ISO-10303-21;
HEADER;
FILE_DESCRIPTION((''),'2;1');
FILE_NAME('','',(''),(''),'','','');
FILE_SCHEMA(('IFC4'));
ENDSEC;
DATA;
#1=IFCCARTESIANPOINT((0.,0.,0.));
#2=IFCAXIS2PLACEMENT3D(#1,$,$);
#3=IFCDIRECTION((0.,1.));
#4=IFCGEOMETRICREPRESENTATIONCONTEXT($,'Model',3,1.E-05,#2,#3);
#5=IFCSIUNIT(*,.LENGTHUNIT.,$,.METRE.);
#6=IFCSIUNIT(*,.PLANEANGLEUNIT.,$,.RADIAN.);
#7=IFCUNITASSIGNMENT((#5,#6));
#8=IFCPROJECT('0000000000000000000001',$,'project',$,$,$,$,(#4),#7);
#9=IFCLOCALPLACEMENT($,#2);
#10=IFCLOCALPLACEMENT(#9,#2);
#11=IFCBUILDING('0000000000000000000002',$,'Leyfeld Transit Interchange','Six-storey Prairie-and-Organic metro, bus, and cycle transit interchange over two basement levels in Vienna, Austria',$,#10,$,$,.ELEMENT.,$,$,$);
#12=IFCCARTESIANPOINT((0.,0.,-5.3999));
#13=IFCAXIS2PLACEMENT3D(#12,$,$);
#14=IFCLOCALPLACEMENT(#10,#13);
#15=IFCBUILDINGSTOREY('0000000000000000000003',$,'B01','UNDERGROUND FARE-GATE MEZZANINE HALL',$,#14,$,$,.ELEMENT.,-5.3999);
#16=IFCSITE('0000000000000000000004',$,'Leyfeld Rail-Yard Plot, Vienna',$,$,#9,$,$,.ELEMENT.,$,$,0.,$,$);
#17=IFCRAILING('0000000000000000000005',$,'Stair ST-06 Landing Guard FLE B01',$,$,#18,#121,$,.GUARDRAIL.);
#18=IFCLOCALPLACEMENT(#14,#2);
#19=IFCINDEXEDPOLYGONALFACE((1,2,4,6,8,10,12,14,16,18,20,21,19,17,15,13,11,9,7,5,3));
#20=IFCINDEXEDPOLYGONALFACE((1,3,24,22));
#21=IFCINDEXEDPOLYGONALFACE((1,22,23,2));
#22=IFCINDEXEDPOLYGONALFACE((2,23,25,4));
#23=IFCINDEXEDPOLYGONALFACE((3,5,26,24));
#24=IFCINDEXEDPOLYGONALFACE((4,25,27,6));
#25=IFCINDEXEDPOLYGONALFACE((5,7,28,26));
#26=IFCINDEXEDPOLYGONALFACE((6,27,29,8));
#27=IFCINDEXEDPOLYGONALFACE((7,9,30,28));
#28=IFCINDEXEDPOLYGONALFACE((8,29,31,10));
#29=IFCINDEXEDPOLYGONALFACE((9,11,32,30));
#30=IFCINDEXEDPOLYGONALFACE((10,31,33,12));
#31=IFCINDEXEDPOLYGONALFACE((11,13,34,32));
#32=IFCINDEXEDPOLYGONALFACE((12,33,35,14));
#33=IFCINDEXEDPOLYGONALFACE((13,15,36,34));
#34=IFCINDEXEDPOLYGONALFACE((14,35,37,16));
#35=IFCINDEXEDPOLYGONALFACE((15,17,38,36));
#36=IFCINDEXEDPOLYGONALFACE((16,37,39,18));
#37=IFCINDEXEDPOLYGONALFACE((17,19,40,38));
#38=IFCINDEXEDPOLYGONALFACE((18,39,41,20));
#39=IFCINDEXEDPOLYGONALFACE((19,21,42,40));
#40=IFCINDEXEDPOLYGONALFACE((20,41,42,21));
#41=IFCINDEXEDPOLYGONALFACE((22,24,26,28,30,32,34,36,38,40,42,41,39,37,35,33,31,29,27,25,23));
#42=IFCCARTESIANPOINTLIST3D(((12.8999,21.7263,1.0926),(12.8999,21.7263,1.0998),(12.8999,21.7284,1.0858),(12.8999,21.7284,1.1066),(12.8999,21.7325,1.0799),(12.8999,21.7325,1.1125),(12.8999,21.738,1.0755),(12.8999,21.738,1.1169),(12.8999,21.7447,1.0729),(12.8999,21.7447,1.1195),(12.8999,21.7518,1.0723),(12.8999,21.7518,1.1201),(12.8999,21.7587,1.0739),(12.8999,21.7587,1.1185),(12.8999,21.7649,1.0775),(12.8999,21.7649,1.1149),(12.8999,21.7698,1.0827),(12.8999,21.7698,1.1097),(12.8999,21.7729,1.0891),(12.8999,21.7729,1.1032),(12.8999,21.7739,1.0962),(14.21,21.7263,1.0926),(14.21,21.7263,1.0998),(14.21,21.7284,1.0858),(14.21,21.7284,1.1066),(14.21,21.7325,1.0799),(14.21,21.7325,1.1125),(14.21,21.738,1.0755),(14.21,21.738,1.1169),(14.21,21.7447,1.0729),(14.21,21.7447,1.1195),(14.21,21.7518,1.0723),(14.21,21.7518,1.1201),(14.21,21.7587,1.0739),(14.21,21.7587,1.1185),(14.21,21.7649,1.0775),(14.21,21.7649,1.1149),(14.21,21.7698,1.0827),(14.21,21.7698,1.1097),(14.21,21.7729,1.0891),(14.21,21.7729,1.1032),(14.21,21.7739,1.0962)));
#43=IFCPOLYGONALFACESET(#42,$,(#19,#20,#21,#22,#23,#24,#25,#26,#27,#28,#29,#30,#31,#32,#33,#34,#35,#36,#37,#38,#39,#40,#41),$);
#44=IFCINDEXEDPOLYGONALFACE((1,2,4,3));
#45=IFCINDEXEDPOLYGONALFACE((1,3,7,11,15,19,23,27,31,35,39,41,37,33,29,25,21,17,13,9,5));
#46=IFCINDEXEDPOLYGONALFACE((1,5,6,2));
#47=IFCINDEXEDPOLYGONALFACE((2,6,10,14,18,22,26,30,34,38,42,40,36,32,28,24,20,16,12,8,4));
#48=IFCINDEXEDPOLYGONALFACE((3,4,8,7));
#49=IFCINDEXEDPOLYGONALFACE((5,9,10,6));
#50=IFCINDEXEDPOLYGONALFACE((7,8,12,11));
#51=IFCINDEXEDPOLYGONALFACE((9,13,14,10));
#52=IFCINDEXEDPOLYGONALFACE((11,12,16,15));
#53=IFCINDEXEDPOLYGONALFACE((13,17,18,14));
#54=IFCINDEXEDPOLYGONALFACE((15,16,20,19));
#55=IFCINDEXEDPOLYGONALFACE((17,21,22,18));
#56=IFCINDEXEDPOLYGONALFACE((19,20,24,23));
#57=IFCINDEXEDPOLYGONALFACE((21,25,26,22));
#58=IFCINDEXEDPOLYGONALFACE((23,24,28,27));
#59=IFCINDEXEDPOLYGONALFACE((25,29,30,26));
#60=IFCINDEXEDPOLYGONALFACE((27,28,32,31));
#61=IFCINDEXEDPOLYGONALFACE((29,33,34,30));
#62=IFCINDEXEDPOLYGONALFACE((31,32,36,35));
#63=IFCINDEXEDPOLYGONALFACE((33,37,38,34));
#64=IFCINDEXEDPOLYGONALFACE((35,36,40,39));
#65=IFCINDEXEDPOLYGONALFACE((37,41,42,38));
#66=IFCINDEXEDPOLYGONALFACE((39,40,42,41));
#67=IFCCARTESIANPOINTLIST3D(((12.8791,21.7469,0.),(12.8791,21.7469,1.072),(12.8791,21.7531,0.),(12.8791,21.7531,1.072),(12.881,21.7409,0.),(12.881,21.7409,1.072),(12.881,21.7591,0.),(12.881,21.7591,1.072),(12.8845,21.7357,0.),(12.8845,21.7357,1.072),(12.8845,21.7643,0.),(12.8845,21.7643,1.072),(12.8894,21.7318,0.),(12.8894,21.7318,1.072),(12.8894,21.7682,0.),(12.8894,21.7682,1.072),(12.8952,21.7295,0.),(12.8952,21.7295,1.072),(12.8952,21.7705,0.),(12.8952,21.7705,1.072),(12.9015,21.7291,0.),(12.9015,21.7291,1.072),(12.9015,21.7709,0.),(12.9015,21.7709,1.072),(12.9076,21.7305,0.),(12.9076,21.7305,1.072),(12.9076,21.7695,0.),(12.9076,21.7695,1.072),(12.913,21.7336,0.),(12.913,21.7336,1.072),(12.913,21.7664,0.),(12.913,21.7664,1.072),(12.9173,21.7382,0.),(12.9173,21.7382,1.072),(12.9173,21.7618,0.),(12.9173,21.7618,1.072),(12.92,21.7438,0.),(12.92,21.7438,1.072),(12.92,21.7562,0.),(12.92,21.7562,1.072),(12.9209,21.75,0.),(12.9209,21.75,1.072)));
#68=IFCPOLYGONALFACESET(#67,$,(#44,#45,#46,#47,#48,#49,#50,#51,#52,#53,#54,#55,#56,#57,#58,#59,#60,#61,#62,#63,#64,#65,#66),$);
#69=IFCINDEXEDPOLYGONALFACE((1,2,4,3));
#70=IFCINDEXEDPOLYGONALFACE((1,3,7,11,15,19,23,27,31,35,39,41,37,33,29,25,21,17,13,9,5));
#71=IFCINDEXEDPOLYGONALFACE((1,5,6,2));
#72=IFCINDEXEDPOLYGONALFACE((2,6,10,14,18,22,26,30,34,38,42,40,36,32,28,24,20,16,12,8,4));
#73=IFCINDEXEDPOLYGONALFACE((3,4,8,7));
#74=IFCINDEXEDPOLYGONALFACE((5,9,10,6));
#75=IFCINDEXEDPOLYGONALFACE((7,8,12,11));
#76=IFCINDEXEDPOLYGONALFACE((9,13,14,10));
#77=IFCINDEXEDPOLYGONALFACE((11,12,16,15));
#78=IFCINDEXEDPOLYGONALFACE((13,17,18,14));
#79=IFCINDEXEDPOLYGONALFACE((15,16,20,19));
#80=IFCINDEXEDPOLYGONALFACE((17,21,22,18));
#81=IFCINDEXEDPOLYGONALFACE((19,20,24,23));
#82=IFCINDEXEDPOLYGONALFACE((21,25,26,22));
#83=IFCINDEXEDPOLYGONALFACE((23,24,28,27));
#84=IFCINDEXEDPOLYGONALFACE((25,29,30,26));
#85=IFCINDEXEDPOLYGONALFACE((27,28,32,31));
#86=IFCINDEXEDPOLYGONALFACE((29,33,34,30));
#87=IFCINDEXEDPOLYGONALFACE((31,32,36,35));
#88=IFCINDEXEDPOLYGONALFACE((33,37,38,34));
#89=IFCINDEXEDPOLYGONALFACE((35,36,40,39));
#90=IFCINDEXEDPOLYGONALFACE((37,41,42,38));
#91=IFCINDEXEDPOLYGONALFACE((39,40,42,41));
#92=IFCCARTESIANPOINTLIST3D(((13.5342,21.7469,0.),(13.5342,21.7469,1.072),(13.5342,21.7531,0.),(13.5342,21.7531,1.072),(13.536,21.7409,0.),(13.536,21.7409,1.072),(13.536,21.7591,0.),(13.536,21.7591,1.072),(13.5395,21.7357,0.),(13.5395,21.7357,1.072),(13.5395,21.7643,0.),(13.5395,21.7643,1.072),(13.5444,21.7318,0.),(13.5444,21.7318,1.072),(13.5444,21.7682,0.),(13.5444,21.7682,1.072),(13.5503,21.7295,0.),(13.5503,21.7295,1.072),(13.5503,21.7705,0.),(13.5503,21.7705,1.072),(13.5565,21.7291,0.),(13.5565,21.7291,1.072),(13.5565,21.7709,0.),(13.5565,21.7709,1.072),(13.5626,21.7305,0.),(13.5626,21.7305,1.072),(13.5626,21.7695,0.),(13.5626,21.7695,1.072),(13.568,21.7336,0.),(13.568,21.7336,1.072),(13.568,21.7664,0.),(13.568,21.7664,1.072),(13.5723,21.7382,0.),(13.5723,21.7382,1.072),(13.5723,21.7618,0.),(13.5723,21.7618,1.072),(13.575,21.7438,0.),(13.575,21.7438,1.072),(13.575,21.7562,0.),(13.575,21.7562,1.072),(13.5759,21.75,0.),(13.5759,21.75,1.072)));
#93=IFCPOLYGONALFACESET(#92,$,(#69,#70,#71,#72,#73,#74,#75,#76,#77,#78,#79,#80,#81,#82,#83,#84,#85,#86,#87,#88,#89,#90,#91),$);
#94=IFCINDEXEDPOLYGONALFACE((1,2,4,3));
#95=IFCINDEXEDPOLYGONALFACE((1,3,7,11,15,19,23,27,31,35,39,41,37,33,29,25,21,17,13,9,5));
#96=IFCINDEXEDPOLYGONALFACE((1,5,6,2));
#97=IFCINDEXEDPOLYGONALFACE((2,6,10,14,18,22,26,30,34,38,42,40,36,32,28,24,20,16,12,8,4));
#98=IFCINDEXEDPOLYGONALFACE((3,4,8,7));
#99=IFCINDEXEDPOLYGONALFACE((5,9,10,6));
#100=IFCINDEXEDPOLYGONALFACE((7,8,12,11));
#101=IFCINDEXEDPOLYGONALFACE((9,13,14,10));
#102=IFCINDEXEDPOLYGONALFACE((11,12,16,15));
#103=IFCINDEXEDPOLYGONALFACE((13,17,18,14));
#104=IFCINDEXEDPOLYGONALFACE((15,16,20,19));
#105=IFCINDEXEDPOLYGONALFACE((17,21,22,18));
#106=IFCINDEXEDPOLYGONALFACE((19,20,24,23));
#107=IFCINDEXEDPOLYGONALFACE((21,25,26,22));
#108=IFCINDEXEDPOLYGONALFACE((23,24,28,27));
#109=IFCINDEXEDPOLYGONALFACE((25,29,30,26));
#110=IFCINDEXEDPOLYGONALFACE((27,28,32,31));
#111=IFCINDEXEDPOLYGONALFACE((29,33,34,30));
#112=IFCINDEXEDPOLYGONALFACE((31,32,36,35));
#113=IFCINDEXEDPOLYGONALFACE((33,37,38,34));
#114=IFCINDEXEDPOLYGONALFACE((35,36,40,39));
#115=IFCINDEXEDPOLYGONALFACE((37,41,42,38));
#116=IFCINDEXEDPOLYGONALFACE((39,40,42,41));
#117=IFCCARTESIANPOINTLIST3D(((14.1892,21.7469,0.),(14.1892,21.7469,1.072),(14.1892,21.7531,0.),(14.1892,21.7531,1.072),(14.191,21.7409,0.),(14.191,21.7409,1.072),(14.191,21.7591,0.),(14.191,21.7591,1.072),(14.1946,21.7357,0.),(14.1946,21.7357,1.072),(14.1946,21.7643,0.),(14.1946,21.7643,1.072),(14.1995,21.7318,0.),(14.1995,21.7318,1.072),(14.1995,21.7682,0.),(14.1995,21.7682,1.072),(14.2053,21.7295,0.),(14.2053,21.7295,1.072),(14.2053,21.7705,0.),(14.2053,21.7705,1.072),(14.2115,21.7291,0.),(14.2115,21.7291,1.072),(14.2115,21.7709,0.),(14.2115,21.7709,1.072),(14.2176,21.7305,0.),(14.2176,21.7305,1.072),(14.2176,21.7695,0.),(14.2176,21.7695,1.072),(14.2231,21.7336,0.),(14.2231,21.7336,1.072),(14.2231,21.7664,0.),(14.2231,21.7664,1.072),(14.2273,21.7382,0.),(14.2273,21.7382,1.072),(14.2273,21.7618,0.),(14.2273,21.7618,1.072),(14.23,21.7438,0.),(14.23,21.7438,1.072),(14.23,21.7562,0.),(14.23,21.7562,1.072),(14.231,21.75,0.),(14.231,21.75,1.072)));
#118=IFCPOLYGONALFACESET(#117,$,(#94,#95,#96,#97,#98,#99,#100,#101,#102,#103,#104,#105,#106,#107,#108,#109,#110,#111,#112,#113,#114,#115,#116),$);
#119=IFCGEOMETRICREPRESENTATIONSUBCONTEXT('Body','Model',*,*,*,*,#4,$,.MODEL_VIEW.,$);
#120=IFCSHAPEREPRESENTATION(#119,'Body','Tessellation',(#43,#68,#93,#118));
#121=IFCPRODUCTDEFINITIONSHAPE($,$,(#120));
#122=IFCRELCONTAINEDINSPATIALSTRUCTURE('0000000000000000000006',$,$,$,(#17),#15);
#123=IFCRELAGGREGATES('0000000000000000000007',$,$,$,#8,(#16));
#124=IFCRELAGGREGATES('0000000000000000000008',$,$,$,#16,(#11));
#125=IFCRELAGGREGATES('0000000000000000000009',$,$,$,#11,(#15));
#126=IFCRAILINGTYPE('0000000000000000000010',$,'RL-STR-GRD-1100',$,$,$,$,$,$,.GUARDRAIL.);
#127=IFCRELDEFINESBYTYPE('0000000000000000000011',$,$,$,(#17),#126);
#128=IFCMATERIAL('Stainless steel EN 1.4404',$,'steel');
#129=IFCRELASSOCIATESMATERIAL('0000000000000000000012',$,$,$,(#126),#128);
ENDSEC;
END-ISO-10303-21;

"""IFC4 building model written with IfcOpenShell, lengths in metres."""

from ifc_helpers import new_model, si_unit, direction, frame, origin, origin_2d, place, context, subcontext, project, spatial, circle, extrude, material, type_object, element, save


model = new_model("IFC4")

# Units and contexts
model_context = context("Model", 3, precision=1e-05, world=origin(), true_north=direction((0.0, 1.0)))
body_context = subcontext(model_context, "Body", "Model", "MODEL_VIEW")
ifc_project = project(units=[si_unit("LENGTHUNIT", "METRE"), si_unit("PLANEANGLEUNIT", "RADIAN")], contexts=[model_context])

# Site, building, storey
site_placement = place(None, origin())
site = spatial("IfcSite", under=ifc_project, at=site_placement, Name="Leyfeld Rail-Yard Plot, Vienna", CompositionType="ELEMENT", RefElevation=0.0)
building_placement = place(site_placement, origin())
building = spatial("IfcBuilding", under=site, at=building_placement, Name="Leyfeld Transit Interchange", Description="Six-storey Prairie-and-Organic metro, bus, and cycle transit interchange over two basement levels in Vienna, Austria", CompositionType="ELEMENT")
storey_placement = place(building_placement, frame((0.0, 0.0, -5.3999)))
storey = spatial("IfcBuildingStorey", under=building, at=storey_placement, Name="B01", Description="UNDERGROUND FARE-GATE MEZZANINE HALL", CompositionType="ELEMENT", Elevation=-5.3999)

# Railing
ifc_material_1 = material(Name="Stainless steel EN 1.4404", Category="steel")
railing_type_1 = type_object("IfcRailingType", Name="RL-STR-GRD-1100", PredefinedType="GUARDRAIL", material=ifc_material_1)
railing_1_placement = place(storey_placement, frame((12.8999, 21.75, 0.0)))
element("IfcRailing", 1, at=railing_1_placement, inside=storey, type_object=railing_type_1, Name="Stair ST-06 Landing Guard FLE B01", PredefinedType="GUARDRAIL", context=body_context, shape_type="SweptSolid", body=[
    extrude(circle(Radius=0.0239, at=origin_2d()), frame((0.0, 0.0, 1.0962), z_axis=(1.0, 0.0, 0.0), x_axis=(0.0, 1.0, 0.0)), (0.0, 0.0, 1.0), 1.3101),
    extrude(circle(Radius=0.021, at=origin_2d()), origin(), (0.0, 0.0, 1.0), 1.072),
    extrude(circle(Radius=0.021, at=origin_2d()), frame((0.655, 0.0, 0.0)), (0.0, 0.0, 1.0), 1.072),
    extrude(circle(Radius=0.021, at=origin_2d()), frame((1.3101, 0.0, 0.0)), (0.0, 0.0, 1.0), 1.072),
])

save(model, "model.ifc")
